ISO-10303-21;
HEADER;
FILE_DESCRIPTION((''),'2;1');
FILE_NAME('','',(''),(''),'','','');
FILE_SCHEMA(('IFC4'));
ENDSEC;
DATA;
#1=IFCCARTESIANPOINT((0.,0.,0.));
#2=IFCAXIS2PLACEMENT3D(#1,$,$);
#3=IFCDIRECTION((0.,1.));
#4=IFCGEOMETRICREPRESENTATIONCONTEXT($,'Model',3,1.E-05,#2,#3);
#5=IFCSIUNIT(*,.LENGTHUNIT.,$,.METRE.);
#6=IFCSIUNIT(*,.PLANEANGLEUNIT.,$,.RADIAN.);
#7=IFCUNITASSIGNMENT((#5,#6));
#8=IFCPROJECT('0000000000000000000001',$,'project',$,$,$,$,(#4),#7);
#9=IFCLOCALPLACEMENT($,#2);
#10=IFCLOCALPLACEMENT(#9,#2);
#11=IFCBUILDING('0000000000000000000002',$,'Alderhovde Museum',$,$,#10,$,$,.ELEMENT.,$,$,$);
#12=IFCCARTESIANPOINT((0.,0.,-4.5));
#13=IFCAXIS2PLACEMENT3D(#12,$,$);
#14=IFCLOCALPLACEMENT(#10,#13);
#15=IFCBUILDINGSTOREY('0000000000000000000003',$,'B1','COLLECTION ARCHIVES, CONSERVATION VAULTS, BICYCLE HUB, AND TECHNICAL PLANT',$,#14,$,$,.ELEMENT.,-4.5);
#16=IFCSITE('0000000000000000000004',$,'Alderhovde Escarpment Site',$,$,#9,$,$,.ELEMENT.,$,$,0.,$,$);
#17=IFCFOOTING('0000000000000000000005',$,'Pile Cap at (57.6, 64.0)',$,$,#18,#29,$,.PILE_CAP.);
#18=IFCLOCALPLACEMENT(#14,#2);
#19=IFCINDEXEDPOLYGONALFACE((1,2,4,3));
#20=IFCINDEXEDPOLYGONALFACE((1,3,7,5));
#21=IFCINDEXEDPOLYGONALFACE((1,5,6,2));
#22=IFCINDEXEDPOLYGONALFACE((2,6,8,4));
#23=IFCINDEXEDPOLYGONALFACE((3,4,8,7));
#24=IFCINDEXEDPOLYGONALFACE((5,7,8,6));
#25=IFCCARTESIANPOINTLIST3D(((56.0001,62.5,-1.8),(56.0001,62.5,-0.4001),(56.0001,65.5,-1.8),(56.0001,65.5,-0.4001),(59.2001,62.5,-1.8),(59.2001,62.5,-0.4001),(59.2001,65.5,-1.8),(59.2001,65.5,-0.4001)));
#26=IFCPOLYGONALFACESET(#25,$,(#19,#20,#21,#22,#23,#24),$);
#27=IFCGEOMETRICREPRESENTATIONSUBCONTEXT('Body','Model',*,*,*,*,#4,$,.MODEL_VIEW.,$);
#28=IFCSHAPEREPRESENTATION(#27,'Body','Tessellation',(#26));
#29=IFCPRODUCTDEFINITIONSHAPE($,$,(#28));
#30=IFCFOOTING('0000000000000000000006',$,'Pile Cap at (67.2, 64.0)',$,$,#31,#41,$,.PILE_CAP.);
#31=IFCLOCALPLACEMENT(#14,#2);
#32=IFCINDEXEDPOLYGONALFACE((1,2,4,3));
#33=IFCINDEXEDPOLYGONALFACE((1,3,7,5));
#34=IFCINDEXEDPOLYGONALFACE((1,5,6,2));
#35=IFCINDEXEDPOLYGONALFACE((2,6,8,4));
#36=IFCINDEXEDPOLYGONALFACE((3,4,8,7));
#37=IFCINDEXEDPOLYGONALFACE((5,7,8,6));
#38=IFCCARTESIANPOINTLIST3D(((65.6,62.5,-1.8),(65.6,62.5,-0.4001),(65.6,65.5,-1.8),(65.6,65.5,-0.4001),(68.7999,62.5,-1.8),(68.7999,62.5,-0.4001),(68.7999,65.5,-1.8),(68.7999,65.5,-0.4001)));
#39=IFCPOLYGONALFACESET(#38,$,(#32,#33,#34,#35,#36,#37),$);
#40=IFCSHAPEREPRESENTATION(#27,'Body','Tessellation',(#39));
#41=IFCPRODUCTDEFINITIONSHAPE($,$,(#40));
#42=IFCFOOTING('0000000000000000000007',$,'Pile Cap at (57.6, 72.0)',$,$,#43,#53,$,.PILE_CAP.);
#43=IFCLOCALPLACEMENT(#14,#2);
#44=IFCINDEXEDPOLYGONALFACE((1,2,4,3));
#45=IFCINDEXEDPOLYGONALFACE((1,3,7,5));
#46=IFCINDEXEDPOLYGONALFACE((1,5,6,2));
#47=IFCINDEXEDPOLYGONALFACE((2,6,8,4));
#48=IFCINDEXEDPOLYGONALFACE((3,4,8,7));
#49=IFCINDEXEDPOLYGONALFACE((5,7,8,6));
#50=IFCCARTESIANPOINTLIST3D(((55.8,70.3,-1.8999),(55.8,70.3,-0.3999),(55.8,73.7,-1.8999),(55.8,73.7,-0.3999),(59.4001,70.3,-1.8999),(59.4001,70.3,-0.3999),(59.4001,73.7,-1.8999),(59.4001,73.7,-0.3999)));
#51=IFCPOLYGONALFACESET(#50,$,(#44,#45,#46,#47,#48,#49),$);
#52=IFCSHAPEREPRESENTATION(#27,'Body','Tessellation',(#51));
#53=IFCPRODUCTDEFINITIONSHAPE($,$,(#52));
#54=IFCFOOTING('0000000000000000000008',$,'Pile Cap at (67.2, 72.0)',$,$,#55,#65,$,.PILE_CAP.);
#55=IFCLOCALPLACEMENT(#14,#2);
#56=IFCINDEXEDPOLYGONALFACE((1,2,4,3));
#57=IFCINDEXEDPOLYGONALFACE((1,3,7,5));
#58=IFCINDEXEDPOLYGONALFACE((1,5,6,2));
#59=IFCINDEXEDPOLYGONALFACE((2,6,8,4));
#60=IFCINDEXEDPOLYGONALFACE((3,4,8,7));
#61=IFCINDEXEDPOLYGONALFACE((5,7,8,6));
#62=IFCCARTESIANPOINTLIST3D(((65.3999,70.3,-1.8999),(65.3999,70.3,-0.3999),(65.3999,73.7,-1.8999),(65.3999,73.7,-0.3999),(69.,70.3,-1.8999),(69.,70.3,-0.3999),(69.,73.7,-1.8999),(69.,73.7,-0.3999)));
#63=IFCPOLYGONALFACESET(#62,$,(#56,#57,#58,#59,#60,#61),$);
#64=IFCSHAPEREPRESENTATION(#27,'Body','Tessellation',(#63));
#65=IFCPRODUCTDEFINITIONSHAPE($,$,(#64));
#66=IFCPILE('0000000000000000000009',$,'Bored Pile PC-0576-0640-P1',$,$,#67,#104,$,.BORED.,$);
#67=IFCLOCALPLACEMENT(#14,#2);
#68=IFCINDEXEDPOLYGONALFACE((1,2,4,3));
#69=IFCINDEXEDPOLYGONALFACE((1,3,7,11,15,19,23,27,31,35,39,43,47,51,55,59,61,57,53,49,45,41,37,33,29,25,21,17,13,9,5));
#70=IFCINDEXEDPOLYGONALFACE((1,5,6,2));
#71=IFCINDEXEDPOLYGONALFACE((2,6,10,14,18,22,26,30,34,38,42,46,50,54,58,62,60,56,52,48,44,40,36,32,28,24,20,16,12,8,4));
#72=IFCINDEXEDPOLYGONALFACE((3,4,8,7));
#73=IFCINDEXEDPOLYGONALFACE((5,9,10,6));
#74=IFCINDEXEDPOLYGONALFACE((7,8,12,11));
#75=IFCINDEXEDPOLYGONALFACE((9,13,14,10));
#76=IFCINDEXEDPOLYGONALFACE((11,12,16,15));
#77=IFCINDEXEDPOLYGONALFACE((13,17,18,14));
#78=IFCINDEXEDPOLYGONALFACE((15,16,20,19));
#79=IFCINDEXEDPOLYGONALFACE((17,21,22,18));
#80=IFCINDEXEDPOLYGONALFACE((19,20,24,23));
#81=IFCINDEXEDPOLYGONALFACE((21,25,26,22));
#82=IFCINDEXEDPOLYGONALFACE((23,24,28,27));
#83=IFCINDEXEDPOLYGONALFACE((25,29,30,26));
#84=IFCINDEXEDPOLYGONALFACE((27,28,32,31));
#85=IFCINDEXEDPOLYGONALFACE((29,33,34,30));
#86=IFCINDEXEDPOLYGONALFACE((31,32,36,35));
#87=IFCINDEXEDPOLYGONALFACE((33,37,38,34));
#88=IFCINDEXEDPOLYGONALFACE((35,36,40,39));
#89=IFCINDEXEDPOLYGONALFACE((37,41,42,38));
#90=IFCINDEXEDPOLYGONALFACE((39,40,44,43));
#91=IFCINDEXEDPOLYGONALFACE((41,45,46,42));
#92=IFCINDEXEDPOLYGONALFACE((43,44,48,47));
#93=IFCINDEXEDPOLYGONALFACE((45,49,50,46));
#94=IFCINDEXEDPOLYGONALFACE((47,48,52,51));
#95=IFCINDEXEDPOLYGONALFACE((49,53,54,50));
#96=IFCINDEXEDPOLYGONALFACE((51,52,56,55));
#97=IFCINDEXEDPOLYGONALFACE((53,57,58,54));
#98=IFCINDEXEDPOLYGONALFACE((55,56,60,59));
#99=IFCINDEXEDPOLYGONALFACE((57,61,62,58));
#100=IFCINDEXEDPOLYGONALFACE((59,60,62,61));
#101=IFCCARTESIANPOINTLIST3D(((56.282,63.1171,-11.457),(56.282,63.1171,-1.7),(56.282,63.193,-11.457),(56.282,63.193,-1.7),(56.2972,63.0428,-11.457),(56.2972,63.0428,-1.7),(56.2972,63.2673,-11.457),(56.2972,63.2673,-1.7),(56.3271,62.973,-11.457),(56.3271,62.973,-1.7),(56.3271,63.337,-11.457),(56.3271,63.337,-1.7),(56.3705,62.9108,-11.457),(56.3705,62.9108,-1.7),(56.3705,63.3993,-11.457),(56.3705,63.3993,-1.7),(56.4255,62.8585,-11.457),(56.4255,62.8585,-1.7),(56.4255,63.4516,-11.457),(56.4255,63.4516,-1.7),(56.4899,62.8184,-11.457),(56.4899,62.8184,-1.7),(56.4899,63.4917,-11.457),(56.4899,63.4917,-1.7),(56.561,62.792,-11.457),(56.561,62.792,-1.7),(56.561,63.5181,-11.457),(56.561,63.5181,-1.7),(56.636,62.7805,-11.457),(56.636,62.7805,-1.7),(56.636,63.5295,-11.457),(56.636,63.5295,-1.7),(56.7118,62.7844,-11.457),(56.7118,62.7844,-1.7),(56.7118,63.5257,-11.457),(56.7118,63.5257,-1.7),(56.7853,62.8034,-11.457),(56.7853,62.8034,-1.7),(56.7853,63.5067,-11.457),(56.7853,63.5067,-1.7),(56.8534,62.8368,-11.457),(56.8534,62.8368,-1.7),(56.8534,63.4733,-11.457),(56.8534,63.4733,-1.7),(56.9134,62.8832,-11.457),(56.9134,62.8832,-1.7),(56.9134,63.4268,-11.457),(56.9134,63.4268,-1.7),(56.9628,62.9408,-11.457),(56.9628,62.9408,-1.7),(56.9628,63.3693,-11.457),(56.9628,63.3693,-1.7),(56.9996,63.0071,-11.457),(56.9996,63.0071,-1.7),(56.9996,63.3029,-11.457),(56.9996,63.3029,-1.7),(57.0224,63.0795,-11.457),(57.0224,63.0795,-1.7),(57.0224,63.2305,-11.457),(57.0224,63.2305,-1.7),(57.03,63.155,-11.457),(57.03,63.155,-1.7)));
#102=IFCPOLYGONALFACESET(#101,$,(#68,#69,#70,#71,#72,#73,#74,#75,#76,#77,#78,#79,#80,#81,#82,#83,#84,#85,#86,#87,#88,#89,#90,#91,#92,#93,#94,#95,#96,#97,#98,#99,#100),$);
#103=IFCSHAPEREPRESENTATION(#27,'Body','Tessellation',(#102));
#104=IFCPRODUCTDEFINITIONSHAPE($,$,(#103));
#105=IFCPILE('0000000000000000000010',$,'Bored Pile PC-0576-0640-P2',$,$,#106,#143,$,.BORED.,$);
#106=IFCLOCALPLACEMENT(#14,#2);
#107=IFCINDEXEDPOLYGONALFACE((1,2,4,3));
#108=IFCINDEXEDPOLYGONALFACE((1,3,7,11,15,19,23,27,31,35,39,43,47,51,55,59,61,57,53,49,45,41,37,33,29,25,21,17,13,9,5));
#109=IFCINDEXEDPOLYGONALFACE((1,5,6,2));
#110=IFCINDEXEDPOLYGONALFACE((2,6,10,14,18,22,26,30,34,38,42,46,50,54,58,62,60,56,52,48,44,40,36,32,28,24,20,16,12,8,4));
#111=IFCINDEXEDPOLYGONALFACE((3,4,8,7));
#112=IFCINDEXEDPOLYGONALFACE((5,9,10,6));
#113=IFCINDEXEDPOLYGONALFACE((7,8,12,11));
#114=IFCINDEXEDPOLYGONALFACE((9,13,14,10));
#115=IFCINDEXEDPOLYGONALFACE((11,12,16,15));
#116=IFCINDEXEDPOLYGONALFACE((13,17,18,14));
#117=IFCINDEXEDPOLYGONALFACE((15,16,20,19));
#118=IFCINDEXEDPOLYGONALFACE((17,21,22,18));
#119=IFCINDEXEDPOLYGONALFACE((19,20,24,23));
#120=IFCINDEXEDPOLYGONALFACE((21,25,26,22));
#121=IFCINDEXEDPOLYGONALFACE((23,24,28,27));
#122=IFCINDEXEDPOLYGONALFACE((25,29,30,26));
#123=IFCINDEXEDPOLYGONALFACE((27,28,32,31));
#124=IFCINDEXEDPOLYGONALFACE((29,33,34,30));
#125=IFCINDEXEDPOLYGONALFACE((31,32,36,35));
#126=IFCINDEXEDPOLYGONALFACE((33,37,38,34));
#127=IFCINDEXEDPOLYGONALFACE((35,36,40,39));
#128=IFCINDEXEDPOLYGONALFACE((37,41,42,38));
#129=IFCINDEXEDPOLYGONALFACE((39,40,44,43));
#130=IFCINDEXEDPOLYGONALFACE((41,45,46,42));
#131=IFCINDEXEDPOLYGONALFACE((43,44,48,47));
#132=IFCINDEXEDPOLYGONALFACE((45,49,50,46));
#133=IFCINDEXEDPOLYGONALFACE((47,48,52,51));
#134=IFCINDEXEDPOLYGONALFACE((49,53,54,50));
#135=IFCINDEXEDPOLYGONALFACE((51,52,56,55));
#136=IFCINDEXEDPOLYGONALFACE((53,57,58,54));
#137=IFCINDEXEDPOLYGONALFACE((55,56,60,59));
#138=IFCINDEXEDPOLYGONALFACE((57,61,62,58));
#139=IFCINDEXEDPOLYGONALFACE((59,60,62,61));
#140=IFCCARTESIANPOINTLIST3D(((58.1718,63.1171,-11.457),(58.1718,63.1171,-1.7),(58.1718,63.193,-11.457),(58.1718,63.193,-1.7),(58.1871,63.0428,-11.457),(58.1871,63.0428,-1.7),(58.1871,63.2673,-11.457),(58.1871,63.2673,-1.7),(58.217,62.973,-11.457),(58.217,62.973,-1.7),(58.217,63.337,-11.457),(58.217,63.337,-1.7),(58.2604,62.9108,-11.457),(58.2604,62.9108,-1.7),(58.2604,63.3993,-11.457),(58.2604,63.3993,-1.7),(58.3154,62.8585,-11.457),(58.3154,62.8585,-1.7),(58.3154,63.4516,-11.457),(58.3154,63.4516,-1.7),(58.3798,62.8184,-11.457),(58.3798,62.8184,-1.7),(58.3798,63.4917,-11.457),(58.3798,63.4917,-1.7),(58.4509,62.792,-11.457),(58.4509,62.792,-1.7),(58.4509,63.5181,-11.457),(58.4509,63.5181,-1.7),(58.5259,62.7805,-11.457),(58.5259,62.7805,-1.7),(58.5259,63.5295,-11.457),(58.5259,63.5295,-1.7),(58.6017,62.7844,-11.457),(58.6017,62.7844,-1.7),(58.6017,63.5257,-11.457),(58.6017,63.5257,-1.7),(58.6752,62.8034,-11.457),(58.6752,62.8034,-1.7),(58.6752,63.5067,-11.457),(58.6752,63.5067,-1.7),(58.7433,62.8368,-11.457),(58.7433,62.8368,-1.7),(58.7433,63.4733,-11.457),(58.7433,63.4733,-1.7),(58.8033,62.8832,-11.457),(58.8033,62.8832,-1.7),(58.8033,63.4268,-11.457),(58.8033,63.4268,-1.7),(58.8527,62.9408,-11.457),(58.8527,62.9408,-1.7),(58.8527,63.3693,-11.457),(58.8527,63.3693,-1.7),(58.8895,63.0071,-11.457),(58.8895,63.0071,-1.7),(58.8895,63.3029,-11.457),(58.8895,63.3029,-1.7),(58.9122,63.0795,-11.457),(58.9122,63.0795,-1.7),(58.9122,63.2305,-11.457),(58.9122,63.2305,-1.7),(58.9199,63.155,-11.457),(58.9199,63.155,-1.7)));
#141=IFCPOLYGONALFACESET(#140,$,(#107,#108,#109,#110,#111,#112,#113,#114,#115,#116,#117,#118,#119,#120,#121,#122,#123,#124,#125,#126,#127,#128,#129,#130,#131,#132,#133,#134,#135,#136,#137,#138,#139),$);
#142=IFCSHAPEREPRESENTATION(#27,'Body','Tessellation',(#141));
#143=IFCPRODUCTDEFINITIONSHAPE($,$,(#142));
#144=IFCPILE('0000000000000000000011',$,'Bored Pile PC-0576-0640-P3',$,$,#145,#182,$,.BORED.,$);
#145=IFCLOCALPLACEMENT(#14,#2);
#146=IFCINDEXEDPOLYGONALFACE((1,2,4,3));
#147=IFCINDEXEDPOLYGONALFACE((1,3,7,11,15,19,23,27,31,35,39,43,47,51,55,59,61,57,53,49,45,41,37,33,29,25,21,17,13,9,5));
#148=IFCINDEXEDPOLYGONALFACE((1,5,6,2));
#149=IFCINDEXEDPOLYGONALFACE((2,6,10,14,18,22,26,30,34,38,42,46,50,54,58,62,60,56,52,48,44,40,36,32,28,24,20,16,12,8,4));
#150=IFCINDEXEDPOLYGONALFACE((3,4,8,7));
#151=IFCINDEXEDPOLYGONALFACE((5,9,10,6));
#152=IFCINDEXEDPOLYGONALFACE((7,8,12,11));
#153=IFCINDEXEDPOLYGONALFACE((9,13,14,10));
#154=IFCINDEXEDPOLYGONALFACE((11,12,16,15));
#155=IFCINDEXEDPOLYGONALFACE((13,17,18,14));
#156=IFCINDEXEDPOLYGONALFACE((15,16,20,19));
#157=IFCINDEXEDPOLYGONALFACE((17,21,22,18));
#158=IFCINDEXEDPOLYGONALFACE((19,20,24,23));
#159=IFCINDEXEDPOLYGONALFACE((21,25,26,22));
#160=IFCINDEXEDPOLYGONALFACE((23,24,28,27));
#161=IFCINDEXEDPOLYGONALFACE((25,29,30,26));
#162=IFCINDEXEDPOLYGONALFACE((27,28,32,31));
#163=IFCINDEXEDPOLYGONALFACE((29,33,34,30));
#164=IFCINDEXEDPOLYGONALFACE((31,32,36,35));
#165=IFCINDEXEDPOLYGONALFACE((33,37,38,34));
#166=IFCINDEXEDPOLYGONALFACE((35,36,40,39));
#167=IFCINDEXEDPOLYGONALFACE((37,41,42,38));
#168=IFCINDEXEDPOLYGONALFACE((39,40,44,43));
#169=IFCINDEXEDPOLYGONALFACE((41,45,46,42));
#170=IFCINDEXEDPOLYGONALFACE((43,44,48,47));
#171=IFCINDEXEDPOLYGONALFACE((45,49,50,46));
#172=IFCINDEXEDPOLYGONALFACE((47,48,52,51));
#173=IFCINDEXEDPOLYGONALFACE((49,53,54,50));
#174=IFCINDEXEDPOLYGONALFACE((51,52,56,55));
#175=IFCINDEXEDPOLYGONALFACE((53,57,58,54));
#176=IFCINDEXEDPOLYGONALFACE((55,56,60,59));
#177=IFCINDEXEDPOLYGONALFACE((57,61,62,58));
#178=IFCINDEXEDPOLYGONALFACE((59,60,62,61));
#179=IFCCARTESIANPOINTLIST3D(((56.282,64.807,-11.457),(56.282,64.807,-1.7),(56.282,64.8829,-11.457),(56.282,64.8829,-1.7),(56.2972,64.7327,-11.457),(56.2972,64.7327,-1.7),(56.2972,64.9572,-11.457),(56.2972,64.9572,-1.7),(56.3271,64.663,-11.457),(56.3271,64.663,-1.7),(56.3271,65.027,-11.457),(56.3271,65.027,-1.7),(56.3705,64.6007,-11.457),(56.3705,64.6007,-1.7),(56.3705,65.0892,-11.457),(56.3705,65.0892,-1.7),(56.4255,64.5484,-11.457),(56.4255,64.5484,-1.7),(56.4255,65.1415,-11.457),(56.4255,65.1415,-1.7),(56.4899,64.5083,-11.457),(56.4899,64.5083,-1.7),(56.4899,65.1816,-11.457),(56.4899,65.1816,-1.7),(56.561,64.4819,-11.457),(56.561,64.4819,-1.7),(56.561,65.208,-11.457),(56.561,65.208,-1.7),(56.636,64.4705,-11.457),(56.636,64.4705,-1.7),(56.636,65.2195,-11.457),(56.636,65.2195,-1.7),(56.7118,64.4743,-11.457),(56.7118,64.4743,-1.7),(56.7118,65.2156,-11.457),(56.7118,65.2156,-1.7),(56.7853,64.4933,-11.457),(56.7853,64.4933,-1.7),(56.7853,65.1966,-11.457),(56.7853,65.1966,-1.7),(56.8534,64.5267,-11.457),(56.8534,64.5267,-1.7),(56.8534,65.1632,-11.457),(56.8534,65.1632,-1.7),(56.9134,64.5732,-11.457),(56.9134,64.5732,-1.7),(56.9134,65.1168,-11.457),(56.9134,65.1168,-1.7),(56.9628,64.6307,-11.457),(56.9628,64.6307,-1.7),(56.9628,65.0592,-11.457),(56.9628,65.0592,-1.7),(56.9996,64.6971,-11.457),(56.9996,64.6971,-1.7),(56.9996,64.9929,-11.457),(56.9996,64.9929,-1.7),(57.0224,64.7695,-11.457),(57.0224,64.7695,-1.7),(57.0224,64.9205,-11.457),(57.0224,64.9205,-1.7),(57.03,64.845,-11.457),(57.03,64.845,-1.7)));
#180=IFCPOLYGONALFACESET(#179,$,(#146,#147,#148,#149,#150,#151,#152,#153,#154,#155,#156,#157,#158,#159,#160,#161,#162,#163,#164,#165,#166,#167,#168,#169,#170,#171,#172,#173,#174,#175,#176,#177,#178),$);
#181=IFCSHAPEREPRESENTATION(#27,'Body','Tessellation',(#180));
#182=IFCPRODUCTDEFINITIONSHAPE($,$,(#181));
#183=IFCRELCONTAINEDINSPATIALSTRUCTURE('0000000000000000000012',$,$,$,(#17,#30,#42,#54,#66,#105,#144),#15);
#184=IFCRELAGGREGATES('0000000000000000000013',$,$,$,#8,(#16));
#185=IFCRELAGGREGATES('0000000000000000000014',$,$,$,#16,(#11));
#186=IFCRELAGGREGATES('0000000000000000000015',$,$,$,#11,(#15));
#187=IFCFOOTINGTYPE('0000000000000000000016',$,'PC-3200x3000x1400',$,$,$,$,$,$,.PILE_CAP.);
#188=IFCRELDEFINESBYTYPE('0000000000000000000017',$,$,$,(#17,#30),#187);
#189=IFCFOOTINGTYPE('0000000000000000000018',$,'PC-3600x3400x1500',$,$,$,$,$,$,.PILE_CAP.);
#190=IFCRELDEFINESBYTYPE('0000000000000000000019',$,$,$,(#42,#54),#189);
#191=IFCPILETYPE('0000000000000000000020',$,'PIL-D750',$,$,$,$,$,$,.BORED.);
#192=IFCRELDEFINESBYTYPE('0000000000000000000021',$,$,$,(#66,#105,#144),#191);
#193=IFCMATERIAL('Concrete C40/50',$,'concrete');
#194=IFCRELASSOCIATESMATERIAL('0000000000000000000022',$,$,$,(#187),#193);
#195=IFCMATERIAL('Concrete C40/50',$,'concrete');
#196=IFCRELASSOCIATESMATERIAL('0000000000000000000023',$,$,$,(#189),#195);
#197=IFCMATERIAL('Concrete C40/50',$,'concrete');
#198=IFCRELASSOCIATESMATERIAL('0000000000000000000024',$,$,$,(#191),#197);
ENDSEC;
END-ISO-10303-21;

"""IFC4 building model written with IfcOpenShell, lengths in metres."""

from ifc_helpers import new_model, si_unit, direction, frame, origin, origin_2d, place, context, subcontext, project, spatial, rectangle, circle, extrude, material, material_profile, profile_set, type_object, element, save


model = new_model("IFC4")

# Units and contexts
model_context = context("Model", 3, precision=1e-05, world=origin(), true_north=direction((0.0, 1.0)))
body_context = subcontext(model_context, "Body", "Model", "MODEL_VIEW")
ifc_project = project(units=[si_unit("LENGTHUNIT", "METRE"), si_unit("PLANEANGLEUNIT", "RADIAN")], contexts=[model_context])

# Site, building, storey
site_placement = place(None, origin())
site = spatial("IfcSite", under=ifc_project, at=site_placement, Name="Alderhovde Escarpment Site", CompositionType="ELEMENT", RefElevation=0.0)
building_placement = place(site_placement, origin())
building = spatial("IfcBuilding", under=site, at=building_placement, Name="Alderhovde Museum", CompositionType="ELEMENT")
storey_placement = place(building_placement, frame((0.0, 0.0, -4.5)))
storey = spatial("IfcBuildingStorey", under=building, at=storey_placement, Name="B1", Description="COLLECTION ARCHIVES, CONSERVATION VAULTS, BICYCLE HUB, AND TECHNICAL PLANT", CompositionType="ELEMENT", Elevation=-4.5)

# Footings
ifc_material_1 = material(Name="Concrete C40/50", Category="concrete")
footing_type_1 = type_object("IfcFootingType", Name="PC-3200x3000x1400", PredefinedType="PILE_CAP", material=ifc_material_1)
for number, where, z_axis, x_axis, name in (
    (1, (57.6001, 64.0, -1.8), (0.0, 0.0, 1.0), (1.0, 0.0, 0.0), "Pile Cap at (57.6, 64.0)"),
    (2, (67.2, 64.0, -1.8), (0.0, 0.0, 1.0), (1.0, 0.0, 0.0), "Pile Cap at (67.2, 64.0)"),
):
    element("IfcFooting", number, at=place(storey_placement, frame(where, z_axis=z_axis, x_axis=x_axis)), inside=storey, type_object=footing_type_1, Name=name, PredefinedType="PILE_CAP", context=body_context, shape_type="SweptSolid", body=[
        extrude(rectangle(XDim=3.2, YDim=3.0, at=origin_2d()), origin(), (0.0, 0.0, 1.0), 1.3999),
    ])
ifc_material_2 = material(Name="Concrete C40/50", Category="concrete")
footing_type_2 = type_object("IfcFootingType", Name="PC-3600x3400x1500", PredefinedType="PILE_CAP", material=ifc_material_2)
for number, where, z_axis, x_axis, name in (
    (3, (57.6001, 72.0, -1.8999), (0.0, 0.0, 1.0), (1.0, 0.0, 0.0), "Pile Cap at (57.6, 72.0)"),
    (4, (67.2, 72.0, -1.8999), (0.0, 0.0, 1.0), (1.0, 0.0, 0.0), "Pile Cap at (67.2, 72.0)"),
):
    element("IfcFooting", number, at=place(storey_placement, frame(where, z_axis=z_axis, x_axis=x_axis)), inside=storey, type_object=footing_type_2, Name=name, PredefinedType="PILE_CAP", context=body_context, shape_type="SweptSolid", body=[
        extrude(rectangle(XDim=3.6001, YDim=3.3999, at=origin_2d()), origin(), (0.0, 0.0, 1.0), 1.5),
    ])

# Piles
ifc_material_3 = material(Name="Concrete C40/50", Category="concrete")
ifc_material_profile_1 = material_profile(ifc_material_3, circle(Radius=0.375, at=origin_2d()), Name="PILE-D750")
ifc_profile_set_1 = profile_set([ifc_material_profile_1], Name="Concrete C40/50")
pile_type_1 = type_object("IfcPileType", Name="PIL-D750", PredefinedType="BORED", material=ifc_profile_set_1)
for number, where, z_axis, x_axis, name in (
    (5, (56.655, 63.155, -1.7), (0.0, 0.0, -1.0), (1.0, 0.0, 0.0), "Bored Pile PC-0576-0640-P1"),
    (6, (58.5449, 63.155, -1.7), (0.0, 0.0, -1.0), (1.0, 0.0, 0.0), "Bored Pile PC-0576-0640-P2"),
    (7, (56.655, 64.845, -1.7), (0.0, 0.0, -1.0), (1.0, 0.0, 0.0), "Bored Pile PC-0576-0640-P3"),
):
    element("IfcPile", number, at=place(storey_placement, frame(where, z_axis=z_axis, x_axis=x_axis)), inside=storey, type_object=pile_type_1, Name=name, PredefinedType="BORED", context=body_context, shape_type="SweptSolid", body=[
        extrude(circle(Radius=0.375, at=origin_2d()), origin(), (0.0, 0.0, 1.0), 9.7571),
    ])

save(model, "model.ifc")
